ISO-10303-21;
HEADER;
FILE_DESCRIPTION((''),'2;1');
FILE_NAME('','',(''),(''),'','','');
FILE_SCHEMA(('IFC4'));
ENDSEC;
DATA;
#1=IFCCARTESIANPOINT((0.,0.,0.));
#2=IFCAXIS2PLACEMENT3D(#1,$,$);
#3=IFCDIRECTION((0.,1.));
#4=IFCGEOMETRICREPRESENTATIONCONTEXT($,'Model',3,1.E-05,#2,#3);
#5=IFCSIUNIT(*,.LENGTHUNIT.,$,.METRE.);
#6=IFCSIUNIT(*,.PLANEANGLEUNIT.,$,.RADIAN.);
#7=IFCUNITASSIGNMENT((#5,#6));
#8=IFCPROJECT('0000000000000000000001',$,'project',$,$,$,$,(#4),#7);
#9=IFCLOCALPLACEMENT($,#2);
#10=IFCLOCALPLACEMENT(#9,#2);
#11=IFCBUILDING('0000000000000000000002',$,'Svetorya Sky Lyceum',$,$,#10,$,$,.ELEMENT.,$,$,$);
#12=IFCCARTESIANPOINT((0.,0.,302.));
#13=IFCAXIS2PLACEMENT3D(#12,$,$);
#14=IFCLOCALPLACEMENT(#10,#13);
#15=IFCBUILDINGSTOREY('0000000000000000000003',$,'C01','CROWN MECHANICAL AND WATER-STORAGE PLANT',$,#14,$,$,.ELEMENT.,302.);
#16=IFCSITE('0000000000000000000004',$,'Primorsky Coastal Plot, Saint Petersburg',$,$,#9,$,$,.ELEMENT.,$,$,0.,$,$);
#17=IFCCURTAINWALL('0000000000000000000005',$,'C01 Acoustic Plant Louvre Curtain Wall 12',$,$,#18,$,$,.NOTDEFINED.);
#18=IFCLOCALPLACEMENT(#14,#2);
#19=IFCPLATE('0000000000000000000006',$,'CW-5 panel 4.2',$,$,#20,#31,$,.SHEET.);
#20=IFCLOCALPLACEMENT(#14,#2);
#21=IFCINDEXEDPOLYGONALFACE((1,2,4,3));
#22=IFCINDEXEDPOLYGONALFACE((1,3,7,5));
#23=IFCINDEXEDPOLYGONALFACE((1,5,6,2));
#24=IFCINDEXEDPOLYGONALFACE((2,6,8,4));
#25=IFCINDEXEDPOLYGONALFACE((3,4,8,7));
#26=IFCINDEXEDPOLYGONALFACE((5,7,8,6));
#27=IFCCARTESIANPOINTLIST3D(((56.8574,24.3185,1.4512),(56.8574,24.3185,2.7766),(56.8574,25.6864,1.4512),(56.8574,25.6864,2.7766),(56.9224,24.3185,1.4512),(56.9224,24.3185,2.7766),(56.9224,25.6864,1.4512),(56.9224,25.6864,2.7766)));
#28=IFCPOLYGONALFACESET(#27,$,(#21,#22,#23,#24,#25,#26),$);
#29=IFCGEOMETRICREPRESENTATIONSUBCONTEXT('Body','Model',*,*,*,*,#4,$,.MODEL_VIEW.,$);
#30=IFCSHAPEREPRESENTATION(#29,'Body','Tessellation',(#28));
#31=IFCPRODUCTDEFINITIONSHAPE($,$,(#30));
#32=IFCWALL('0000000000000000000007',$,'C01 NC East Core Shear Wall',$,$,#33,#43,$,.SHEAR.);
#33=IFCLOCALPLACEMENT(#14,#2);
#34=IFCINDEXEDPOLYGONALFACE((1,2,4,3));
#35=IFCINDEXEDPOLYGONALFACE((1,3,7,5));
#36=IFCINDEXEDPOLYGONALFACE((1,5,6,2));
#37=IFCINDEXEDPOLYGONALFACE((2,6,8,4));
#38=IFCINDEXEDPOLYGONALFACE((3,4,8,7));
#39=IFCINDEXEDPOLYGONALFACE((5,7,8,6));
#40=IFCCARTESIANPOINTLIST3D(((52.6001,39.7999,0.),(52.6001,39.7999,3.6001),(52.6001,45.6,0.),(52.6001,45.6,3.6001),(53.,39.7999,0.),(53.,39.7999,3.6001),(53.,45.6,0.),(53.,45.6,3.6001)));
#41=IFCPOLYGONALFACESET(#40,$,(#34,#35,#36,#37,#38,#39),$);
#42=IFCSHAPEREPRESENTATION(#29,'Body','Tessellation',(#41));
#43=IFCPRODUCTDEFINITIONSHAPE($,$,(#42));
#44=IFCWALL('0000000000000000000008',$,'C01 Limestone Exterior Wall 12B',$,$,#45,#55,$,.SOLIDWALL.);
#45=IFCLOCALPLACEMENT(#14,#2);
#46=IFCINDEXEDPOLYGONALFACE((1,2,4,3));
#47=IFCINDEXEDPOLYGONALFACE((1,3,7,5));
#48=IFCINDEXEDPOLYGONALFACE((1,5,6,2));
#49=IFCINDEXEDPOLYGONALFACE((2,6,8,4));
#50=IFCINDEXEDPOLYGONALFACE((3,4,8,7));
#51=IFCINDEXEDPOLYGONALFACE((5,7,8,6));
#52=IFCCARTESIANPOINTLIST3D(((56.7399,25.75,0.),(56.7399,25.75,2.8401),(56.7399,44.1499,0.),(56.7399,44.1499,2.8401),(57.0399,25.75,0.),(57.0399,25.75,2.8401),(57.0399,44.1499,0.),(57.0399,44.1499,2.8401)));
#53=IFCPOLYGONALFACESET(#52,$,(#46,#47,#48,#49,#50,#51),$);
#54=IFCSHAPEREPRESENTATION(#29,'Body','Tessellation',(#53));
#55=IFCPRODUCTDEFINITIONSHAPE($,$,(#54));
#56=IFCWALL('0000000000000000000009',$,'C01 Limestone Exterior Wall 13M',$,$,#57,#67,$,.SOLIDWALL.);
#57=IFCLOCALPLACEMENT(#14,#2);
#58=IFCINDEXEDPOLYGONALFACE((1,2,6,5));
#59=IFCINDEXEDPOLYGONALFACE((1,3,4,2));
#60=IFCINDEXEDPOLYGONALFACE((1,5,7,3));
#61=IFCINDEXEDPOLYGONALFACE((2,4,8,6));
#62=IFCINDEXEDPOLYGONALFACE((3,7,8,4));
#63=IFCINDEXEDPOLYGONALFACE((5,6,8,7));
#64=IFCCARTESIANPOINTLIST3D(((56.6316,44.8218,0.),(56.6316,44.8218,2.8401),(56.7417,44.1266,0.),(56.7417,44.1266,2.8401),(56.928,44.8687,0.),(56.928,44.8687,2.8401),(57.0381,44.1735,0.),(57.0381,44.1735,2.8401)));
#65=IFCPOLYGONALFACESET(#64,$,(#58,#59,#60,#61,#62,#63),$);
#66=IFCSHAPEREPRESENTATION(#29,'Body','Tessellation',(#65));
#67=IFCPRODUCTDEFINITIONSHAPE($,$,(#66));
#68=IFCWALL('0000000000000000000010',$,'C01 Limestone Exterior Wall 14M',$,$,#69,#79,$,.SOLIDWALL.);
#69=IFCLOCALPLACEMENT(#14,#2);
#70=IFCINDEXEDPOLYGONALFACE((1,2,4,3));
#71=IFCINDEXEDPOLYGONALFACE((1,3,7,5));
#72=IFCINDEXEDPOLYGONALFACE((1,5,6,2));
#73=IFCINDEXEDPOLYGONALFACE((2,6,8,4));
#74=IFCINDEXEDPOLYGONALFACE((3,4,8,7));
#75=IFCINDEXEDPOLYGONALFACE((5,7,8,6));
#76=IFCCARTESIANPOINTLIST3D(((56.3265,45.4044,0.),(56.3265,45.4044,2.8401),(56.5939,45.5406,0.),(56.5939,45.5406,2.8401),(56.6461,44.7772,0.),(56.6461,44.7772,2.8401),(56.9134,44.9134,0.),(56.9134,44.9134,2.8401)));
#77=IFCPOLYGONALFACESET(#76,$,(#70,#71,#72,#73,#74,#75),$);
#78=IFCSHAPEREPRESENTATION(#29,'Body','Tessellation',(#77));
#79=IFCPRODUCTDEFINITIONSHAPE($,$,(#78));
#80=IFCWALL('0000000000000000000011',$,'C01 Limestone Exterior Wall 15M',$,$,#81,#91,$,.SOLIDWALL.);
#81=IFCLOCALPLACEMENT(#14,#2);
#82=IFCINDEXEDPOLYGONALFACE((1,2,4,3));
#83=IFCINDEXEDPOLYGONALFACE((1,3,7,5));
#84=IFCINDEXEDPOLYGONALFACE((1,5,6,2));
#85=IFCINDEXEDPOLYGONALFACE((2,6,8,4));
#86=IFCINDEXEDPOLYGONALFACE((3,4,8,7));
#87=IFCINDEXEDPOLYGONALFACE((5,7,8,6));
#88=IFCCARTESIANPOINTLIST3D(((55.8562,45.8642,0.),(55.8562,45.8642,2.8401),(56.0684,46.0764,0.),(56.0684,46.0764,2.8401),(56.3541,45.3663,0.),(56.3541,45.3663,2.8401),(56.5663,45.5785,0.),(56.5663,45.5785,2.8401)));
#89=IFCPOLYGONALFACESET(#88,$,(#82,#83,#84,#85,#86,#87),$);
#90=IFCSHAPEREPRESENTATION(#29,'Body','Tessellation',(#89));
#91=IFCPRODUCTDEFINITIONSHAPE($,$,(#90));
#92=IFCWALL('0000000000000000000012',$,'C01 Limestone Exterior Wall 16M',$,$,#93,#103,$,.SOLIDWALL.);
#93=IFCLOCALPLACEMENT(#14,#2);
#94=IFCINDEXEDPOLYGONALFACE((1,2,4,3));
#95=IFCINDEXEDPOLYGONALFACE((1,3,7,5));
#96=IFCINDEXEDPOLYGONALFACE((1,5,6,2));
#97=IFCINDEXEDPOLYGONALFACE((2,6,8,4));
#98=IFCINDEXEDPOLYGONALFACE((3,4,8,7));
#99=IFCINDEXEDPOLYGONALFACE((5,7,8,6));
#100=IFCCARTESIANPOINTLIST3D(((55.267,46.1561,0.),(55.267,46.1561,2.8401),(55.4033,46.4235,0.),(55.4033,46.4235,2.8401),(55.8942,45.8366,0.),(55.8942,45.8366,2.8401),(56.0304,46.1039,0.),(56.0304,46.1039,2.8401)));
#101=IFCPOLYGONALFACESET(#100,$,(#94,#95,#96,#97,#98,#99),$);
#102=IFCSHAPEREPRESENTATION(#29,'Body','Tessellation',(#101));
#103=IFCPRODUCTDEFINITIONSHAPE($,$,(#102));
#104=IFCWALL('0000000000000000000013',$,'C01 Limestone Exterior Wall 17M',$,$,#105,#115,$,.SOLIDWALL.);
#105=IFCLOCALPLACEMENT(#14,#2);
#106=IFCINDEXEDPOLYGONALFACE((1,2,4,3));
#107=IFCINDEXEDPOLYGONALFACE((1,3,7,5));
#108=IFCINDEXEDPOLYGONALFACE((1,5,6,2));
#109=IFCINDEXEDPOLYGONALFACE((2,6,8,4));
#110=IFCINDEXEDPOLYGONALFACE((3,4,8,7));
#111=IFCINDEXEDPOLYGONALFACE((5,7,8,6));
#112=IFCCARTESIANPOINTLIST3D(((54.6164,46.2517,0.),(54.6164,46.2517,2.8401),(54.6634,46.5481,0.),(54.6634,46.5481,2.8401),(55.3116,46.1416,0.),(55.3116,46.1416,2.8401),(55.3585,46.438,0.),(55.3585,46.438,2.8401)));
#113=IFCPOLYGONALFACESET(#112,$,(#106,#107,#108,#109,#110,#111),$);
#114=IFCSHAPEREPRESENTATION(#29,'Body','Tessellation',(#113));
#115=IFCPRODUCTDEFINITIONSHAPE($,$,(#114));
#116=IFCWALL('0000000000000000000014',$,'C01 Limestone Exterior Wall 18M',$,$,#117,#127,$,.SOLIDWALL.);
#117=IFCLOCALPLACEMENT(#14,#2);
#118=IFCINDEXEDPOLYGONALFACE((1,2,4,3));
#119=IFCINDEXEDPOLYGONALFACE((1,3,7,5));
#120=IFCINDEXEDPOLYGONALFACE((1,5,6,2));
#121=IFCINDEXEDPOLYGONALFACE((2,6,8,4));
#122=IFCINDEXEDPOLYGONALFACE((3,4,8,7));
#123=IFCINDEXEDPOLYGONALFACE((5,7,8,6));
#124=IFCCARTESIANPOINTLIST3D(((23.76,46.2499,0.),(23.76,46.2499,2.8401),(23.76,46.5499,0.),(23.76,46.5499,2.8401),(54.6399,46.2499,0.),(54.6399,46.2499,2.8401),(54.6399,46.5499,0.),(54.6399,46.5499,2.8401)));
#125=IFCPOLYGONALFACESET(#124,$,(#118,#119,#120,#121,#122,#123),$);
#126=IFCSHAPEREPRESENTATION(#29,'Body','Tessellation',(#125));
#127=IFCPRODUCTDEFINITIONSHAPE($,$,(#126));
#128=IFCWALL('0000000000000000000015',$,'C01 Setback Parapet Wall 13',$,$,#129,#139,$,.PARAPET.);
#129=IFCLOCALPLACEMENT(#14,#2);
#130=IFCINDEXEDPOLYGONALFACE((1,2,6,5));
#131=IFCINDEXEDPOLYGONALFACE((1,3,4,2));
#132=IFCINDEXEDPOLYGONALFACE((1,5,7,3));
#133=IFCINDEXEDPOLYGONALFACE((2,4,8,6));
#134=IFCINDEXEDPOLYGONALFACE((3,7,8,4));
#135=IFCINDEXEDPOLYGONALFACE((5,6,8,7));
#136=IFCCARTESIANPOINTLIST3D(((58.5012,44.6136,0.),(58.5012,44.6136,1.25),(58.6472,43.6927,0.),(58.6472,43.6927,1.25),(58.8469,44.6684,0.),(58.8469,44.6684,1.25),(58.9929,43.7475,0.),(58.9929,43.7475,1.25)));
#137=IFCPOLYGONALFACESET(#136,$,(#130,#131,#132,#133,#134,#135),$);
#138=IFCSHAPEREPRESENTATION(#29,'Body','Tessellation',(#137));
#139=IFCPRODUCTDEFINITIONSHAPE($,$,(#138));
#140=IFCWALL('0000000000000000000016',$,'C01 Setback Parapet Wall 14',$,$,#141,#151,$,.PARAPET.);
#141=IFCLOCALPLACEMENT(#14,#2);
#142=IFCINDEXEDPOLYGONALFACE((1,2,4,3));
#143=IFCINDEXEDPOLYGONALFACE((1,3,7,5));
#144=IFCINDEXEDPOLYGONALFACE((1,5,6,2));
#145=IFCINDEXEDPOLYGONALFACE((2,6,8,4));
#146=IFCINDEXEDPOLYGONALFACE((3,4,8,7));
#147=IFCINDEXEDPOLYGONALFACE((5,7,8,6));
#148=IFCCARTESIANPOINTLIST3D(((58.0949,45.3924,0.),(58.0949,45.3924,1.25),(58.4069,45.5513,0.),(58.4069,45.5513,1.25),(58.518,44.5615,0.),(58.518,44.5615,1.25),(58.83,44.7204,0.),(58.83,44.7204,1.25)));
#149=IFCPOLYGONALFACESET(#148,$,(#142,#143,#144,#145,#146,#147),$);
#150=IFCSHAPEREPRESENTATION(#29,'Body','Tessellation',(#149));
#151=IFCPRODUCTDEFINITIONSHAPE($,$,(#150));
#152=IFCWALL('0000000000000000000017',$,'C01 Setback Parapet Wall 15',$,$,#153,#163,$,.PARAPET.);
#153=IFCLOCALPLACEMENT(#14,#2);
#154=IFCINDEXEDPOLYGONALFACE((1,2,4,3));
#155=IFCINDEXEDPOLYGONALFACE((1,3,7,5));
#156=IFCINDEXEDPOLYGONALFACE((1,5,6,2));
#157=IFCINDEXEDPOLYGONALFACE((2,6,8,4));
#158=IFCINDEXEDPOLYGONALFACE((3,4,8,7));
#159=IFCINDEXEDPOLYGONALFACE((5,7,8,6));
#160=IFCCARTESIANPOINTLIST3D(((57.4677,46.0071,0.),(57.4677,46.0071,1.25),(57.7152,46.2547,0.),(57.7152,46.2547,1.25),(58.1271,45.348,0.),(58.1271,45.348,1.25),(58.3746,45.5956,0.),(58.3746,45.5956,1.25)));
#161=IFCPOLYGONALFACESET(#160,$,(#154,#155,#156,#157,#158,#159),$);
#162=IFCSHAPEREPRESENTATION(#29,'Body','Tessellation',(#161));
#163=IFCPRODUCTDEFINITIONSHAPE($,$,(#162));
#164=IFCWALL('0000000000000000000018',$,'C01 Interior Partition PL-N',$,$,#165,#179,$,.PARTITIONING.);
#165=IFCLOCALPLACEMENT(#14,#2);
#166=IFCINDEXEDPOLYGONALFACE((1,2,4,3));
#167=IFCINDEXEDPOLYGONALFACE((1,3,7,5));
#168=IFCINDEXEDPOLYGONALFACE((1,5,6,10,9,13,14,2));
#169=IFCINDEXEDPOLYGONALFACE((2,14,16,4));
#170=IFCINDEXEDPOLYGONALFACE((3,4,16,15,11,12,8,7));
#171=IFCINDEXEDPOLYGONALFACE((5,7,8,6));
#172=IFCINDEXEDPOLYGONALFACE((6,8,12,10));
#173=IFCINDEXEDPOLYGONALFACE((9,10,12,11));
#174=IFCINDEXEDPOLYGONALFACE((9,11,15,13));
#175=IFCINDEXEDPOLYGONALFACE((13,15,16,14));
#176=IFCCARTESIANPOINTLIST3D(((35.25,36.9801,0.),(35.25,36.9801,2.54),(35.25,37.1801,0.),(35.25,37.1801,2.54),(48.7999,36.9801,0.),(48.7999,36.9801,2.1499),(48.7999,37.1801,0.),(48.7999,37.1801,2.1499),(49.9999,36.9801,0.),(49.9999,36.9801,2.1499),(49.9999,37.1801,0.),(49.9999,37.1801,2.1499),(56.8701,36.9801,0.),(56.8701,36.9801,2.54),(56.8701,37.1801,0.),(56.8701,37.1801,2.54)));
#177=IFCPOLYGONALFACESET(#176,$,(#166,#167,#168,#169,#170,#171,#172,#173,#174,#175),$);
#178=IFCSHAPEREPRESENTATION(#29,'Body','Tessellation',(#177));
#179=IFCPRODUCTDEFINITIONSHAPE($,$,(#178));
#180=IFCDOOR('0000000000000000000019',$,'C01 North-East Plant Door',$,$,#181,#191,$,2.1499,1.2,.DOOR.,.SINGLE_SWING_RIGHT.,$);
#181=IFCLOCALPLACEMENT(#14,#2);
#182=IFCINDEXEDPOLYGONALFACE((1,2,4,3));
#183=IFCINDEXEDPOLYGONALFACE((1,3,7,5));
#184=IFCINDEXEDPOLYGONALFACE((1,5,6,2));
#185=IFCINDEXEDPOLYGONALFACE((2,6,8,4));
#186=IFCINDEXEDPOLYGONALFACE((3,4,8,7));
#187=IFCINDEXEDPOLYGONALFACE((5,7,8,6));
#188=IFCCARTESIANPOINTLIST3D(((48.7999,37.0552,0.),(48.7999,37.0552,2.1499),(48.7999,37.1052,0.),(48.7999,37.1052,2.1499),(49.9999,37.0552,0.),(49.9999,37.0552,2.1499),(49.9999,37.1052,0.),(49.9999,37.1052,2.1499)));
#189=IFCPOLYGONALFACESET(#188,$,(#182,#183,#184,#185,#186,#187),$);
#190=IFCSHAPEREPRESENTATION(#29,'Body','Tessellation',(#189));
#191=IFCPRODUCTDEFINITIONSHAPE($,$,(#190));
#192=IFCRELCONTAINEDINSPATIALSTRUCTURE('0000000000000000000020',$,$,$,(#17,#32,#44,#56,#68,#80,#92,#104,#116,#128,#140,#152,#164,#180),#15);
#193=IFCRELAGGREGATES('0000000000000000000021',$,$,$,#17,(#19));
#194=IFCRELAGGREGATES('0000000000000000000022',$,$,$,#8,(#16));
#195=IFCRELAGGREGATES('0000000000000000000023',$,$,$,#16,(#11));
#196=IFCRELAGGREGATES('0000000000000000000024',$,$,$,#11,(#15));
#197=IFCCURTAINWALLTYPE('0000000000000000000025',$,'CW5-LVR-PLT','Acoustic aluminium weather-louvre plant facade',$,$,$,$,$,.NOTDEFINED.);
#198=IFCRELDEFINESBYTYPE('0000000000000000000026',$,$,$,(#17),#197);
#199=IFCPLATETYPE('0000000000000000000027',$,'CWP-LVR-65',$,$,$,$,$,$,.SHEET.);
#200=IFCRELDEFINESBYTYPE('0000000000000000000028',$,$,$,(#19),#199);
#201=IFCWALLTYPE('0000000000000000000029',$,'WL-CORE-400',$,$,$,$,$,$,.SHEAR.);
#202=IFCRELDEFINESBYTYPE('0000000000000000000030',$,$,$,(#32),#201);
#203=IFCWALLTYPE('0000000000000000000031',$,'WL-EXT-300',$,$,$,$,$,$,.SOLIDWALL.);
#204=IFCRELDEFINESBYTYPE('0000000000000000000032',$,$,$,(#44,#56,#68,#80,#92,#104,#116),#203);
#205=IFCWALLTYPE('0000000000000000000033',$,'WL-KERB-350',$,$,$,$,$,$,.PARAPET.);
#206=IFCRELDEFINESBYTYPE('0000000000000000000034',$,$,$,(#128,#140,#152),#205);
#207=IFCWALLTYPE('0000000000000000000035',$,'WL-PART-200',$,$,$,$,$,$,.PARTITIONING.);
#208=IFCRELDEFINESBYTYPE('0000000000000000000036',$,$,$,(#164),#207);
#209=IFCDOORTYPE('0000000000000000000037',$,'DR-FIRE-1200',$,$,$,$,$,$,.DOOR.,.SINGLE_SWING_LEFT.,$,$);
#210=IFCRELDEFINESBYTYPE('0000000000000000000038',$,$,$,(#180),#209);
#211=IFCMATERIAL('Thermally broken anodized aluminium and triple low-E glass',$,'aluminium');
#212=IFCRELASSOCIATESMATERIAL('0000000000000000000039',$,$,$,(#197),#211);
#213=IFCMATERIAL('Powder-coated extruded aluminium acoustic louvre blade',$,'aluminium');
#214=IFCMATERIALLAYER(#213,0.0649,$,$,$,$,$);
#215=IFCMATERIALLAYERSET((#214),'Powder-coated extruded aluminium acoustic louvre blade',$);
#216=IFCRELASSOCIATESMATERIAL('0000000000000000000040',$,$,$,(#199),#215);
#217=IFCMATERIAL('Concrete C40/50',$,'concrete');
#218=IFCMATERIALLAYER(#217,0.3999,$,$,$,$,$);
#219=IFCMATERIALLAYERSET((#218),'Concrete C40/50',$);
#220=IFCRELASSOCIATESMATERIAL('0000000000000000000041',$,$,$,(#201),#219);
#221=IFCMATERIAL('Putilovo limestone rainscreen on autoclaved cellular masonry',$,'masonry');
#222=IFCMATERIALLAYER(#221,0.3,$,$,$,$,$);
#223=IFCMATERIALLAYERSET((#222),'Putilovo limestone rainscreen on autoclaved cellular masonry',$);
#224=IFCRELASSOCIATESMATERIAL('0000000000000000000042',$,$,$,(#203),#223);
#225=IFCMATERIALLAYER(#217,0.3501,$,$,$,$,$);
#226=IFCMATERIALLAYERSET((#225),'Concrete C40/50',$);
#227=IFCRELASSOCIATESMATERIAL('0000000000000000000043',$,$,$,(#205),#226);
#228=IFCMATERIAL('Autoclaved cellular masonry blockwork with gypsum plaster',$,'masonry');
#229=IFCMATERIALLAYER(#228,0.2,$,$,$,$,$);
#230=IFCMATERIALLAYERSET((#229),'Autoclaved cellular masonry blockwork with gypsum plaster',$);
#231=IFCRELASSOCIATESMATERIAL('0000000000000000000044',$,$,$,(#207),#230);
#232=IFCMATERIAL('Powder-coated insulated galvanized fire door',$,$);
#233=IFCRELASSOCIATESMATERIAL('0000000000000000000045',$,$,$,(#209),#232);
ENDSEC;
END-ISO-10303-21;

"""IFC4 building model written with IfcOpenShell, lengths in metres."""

from ifc_helpers import new_model, si_unit, direction, frame, frame_2d, origin, origin_2d, place, context, subcontext, project, spatial, rectangle, extrude, material, layer, layer_set, type_object, element, fill, aggregate, save


model = new_model("IFC4")

# Units and contexts
model_context = context("Model", 3, precision=1e-05, world=origin(), true_north=direction((0.0, 1.0)))
body_context = subcontext(model_context, "Body", "Model", "MODEL_VIEW")
ifc_project = project(units=[si_unit("LENGTHUNIT", "METRE"), si_unit("PLANEANGLEUNIT", "RADIAN")], contexts=[model_context])

# Site, building, storey
site_placement = place(None, origin())
site = spatial("IfcSite", under=ifc_project, at=site_placement, Name="Primorsky Coastal Plot, Saint Petersburg", CompositionType="ELEMENT", RefElevation=0.0)
building_placement = place(site_placement, origin())
building = spatial("IfcBuilding", under=site, at=building_placement, Name="Svetorya Sky Lyceum", CompositionType="ELEMENT")
storey_placement = place(building_placement, frame((0.0, 0.0, 302.0)))
storey = spatial("IfcBuildingStorey", under=building, at=storey_placement, Name="C01", Description="CROWN MECHANICAL AND WATER-STORAGE PLANT", CompositionType="ELEMENT", Elevation=302.0)

# Shared definitions
ifc_material_1 = material(Name="Concrete C40/50", Category="concrete")

# Curtain wall, plate
ifc_material_2 = material(Name="Thermally broken anodized aluminium and triple low-E glass", Category="aluminium")
curtain_wall_type = type_object("IfcCurtainWallType", Name="CW5-LVR-PLT", Description="Acoustic aluminium weather-louvre plant facade", PredefinedType="NOTDEFINED", material=ifc_material_2)
curtain_wall_placement = place(storey_placement, origin())
curtain_wall = element("IfcCurtainWall", 1, at=curtain_wall_placement, inside=storey, type_object=curtain_wall_type, Name="C01 Acoustic Plant Louvre Curtain Wall 12", PredefinedType="NOTDEFINED")
ifc_material_3 = material(Name="Powder-coated extruded aluminium acoustic louvre blade", Category="aluminium")
ifc_layer_1 = layer(ifc_material_3, 0.0649)
ifc_layer_set_1 = layer_set([ifc_layer_1], Name="Powder-coated extruded aluminium acoustic louvre blade")
plate_type = type_object("IfcPlateType", Name="CWP-LVR-65", PredefinedType="SHEET", material=ifc_layer_set_1)
plate_1_placement = place(storey_placement, frame((56.8899, 25.0024, 1.4512), z_axis=(0.0, 0.0, 1.0), x_axis=(0.0, 1.0, 0.0)))
plate_1 = element("IfcPlate", 2, at=plate_1_placement, type_object=plate_type, Name="CW-5 panel 4.2", PredefinedType="SHEET", context=body_context, shape_type="SweptSolid", body=[
    extrude(rectangle(XDim=1.3679, YDim=0.0649, at=origin_2d()), origin(), (0.0, 0.0, 1.0), 1.3254),
])
aggregate(curtain_wall, [plate_1])

# Walls
ifc_layer_2 = layer(ifc_material_1, 0.3999)
ifc_layer_set_2 = layer_set([ifc_layer_2], Name="Concrete C40/50")
wall_type_1 = type_object("IfcWallType", Name="WL-CORE-400", PredefinedType="SHEAR", material=ifc_layer_set_2)
wall_1_placement = place(storey_placement, frame((52.8, 39.8, 0.0), z_axis=(0.0, 0.0, 1.0), x_axis=(0.0, 1.0, 0.0)))
element("IfcWall", 3, at=wall_1_placement, inside=storey, type_object=wall_type_1, Name="C01 NC East Core Shear Wall", PredefinedType="SHEAR", context=body_context, shape_type="SweptSolid", body=[
    extrude(rectangle(XDim=5.8, YDim=0.3999, at=frame_2d((2.8999, 0.0))), origin(), (0.0, 0.0, 1.0), 3.6001),
])
ifc_material_4 = material(Name="Putilovo limestone rainscreen on autoclaved cellular masonry", Category="masonry")
ifc_layer_3 = layer(ifc_material_4, 0.3)
ifc_layer_set_3 = layer_set([ifc_layer_3], Name="Putilovo limestone rainscreen on autoclaved cellular masonry")
wall_type_2 = type_object("IfcWallType", Name="WL-EXT-300", PredefinedType="SOLIDWALL", material=ifc_layer_set_3)
wall_2_placement = place(storey_placement, frame((56.8899, 25.75, 0.0), z_axis=(0.0, 0.0, 1.0), x_axis=(0.0, 1.0, 0.0)))
element("IfcWall", 4, at=wall_2_placement, inside=storey, type_object=wall_type_2, Name="C01 Limestone Exterior Wall 12B", PredefinedType="SOLIDWALL", context=body_context, shape_type="SweptSolid", body=[
    extrude(rectangle(XDim=18.3999, YDim=0.3, at=frame_2d((9.2, 0.0))), origin(), (0.0, 0.0, 1.0), 2.8401),
])
for number, where, z_axis, x_axis, name in (
    (5, (56.8899, 44.1499, 0.0), (0.0, 0.0, 1.0), (-0.156408, 0.987693, 0.0), "C01 Limestone Exterior Wall 13M"),
    (6, (56.7798, 44.8452, 0.0), (0.0, 0.0, 1.0), (-0.453999, 0.891002, 0.0), "C01 Limestone Exterior Wall 14M"),
):
    element("IfcWall", number, at=place(storey_placement, frame(where, z_axis=z_axis, x_axis=x_axis)), inside=storey, type_object=wall_type_2, Name=name, PredefinedType="SOLIDWALL", context=body_context, shape_type="SweptSolid", body=[
        extrude(rectangle(XDim=0.7039, YDim=0.3, at=frame_2d((0.3521, 0.0))), origin(), (0.0, 0.0, 1.0), 2.8401),
    ])
wall_3_placement = place(storey_placement, frame((56.4602, 45.4724, 0.0), z_axis=(0.0, 0.0, 1.0), x_axis=(-0.707107, 0.707107, 0.0)))
element("IfcWall", 7, at=wall_3_placement, inside=storey, type_object=wall_type_2, Name="C01 Limestone Exterior Wall 15M", PredefinedType="SOLIDWALL", context=body_context, shape_type="SweptSolid", body=[
    extrude(rectangle(XDim=0.7041, YDim=0.3, at=frame_2d((0.3521, 0.0))), origin(), (0.0, 0.0, 1.0), 2.8401),
])
for number, where, z_axis, x_axis, name in (
    (8, (55.9624, 45.9702, 0.0), (0.0, 0.0, 1.0), (-0.891002, 0.453999, 0.0), "C01 Limestone Exterior Wall 16M"),
    (9, (55.3352, 46.2898, 0.0), (0.0, 0.0, 1.0), (-0.987693, 0.156408, 0.0), "C01 Limestone Exterior Wall 17M"),
):
    element("IfcWall", number, at=place(storey_placement, frame(where, z_axis=z_axis, x_axis=x_axis)), inside=storey, type_object=wall_type_2, Name=name, PredefinedType="SOLIDWALL", context=body_context, shape_type="SweptSolid", body=[
        extrude(rectangle(XDim=0.7039, YDim=0.3, at=frame_2d((0.3521, 0.0))), origin(), (0.0, 0.0, 1.0), 2.8401),
    ])
wall_4_placement = place(storey_placement, frame((54.6399, 46.3999, 0.0), z_axis=(0.0, 0.0, 1.0), x_axis=(-1.0, 0.0, 0.0)))
element("IfcWall", 10, at=wall_4_placement, inside=storey, type_object=wall_type_2, Name="C01 Limestone Exterior Wall 18M", PredefinedType="SOLIDWALL", context=body_context, shape_type="SweptSolid", body=[
    extrude(rectangle(XDim=30.8799, YDim=0.3, at=frame_2d((15.4399, 0.0))), origin(), (0.0, 0.0, 1.0), 2.8401),
])
ifc_layer_4 = layer(ifc_material_1, 0.3501)
ifc_layer_set_4 = layer_set([ifc_layer_4], Name="Concrete C40/50")
wall_type_3 = type_object("IfcWallType", Name="WL-KERB-350", PredefinedType="PARAPET", material=ifc_layer_set_4)
for number, where, z_axis, x_axis, name in (
    (11, (58.8201, 43.72, 0.0), (0.0, 0.0, 1.0), (-0.156581, 0.987665, 0.0), "C01 Setback Parapet Wall 13"),
    (12, (58.6741, 44.6409, 0.0), (0.0, 0.0, 1.0), (-0.4538, 0.891103, 0.0), "C01 Setback Parapet Wall 14"),
    (13, (58.251, 45.4717, 0.0), (0.0, 0.0, 1.0), (-0.707238, 0.706976, 0.0), "C01 Setback Parapet Wall 15"),
):
    element("IfcWall", number, at=place(storey_placement, frame(where, z_axis=z_axis, x_axis=x_axis)), inside=storey, type_object=wall_type_3, Name=name, PredefinedType="PARAPET", context=body_context, shape_type="SweptSolid", body=[
        extrude(rectangle(XDim=0.9324, YDim=0.3501, at=frame_2d((0.4663, 0.0))), origin(), (0.0, 0.0, 1.0), 1.25),
    ])

# Wall, opening, door
ifc_material_5 = material(Name="Autoclaved cellular masonry blockwork with gypsum plaster", Category="masonry")
ifc_layer_5 = layer(ifc_material_5, 0.2)
ifc_layer_set_5 = layer_set([ifc_layer_5], Name="Autoclaved cellular masonry blockwork with gypsum plaster")
wall_type_4 = type_object("IfcWallType", Name="WL-PART-200", PredefinedType="PARTITIONING", material=ifc_layer_set_5)
wall_5_placement = place(storey_placement, frame((56.8701, 37.0801, 0.0), z_axis=(0.0, 0.0, 1.0), x_axis=(-1.0, 0.0, 0.0)))
wall_5 = element("IfcWall", 14, at=wall_5_placement, inside=storey, type_object=wall_type_4, Name="C01 Interior Partition PL-N", PredefinedType="PARTITIONING", context=body_context, shape_type="SweptSolid", body=[
    extrude(rectangle(XDim=21.6201, YDim=0.2, at=frame_2d((10.8101, 0.0))), origin(), (0.0, 0.0, 1.0), 2.54),
])
opening_placement = place(wall_5_placement, frame((6.8701, 0.0, 0.0)))
opening = element("IfcOpeningElement", 15, at=opening_placement, cuts=wall_5, PredefinedType="OPENING", context=body_context, shape_type="SweptSolid", body=[
    extrude(rectangle(XDim=1.2, YDim=2.1499, at=frame_2d((0.6001, 1.075))), frame((0.0, 0.1099, 0.0), z_axis=(0.0, -1.0, 0.0), x_axis=(1.0, 0.0, 0.0)), (0.0, 0.0, 1.0), 0.22),
])
ifc_material_6 = material(Name="Powder-coated insulated galvanized fire door")
door_type = type_object("IfcDoorType", Name="DR-FIRE-1200", OperationType="SINGLE_SWING_LEFT", PredefinedType="DOOR", material=ifc_material_6)
door_placement = place(opening_placement, origin())
door = element("IfcDoor", 16, at=door_placement, inside=storey, type_object=door_type, Name="C01 North-East Plant Door", OperationType="SINGLE_SWING_RIGHT", OverallHeight=2.1499, OverallWidth=1.2, PredefinedType="DOOR", context=body_context, shape_type="SweptSolid", body=[
    extrude(rectangle(XDim=1.2, YDim=2.1499, at=frame_2d((0.6001, 1.075))), frame((0.0, 0.0249, 0.0), z_axis=(0.0, -1.0, 0.0), x_axis=(1.0, 0.0, 0.0)), (0.0, 0.0, 1.0), 0.05),
])
fill(opening, door)

save(model, "model.ifc")
